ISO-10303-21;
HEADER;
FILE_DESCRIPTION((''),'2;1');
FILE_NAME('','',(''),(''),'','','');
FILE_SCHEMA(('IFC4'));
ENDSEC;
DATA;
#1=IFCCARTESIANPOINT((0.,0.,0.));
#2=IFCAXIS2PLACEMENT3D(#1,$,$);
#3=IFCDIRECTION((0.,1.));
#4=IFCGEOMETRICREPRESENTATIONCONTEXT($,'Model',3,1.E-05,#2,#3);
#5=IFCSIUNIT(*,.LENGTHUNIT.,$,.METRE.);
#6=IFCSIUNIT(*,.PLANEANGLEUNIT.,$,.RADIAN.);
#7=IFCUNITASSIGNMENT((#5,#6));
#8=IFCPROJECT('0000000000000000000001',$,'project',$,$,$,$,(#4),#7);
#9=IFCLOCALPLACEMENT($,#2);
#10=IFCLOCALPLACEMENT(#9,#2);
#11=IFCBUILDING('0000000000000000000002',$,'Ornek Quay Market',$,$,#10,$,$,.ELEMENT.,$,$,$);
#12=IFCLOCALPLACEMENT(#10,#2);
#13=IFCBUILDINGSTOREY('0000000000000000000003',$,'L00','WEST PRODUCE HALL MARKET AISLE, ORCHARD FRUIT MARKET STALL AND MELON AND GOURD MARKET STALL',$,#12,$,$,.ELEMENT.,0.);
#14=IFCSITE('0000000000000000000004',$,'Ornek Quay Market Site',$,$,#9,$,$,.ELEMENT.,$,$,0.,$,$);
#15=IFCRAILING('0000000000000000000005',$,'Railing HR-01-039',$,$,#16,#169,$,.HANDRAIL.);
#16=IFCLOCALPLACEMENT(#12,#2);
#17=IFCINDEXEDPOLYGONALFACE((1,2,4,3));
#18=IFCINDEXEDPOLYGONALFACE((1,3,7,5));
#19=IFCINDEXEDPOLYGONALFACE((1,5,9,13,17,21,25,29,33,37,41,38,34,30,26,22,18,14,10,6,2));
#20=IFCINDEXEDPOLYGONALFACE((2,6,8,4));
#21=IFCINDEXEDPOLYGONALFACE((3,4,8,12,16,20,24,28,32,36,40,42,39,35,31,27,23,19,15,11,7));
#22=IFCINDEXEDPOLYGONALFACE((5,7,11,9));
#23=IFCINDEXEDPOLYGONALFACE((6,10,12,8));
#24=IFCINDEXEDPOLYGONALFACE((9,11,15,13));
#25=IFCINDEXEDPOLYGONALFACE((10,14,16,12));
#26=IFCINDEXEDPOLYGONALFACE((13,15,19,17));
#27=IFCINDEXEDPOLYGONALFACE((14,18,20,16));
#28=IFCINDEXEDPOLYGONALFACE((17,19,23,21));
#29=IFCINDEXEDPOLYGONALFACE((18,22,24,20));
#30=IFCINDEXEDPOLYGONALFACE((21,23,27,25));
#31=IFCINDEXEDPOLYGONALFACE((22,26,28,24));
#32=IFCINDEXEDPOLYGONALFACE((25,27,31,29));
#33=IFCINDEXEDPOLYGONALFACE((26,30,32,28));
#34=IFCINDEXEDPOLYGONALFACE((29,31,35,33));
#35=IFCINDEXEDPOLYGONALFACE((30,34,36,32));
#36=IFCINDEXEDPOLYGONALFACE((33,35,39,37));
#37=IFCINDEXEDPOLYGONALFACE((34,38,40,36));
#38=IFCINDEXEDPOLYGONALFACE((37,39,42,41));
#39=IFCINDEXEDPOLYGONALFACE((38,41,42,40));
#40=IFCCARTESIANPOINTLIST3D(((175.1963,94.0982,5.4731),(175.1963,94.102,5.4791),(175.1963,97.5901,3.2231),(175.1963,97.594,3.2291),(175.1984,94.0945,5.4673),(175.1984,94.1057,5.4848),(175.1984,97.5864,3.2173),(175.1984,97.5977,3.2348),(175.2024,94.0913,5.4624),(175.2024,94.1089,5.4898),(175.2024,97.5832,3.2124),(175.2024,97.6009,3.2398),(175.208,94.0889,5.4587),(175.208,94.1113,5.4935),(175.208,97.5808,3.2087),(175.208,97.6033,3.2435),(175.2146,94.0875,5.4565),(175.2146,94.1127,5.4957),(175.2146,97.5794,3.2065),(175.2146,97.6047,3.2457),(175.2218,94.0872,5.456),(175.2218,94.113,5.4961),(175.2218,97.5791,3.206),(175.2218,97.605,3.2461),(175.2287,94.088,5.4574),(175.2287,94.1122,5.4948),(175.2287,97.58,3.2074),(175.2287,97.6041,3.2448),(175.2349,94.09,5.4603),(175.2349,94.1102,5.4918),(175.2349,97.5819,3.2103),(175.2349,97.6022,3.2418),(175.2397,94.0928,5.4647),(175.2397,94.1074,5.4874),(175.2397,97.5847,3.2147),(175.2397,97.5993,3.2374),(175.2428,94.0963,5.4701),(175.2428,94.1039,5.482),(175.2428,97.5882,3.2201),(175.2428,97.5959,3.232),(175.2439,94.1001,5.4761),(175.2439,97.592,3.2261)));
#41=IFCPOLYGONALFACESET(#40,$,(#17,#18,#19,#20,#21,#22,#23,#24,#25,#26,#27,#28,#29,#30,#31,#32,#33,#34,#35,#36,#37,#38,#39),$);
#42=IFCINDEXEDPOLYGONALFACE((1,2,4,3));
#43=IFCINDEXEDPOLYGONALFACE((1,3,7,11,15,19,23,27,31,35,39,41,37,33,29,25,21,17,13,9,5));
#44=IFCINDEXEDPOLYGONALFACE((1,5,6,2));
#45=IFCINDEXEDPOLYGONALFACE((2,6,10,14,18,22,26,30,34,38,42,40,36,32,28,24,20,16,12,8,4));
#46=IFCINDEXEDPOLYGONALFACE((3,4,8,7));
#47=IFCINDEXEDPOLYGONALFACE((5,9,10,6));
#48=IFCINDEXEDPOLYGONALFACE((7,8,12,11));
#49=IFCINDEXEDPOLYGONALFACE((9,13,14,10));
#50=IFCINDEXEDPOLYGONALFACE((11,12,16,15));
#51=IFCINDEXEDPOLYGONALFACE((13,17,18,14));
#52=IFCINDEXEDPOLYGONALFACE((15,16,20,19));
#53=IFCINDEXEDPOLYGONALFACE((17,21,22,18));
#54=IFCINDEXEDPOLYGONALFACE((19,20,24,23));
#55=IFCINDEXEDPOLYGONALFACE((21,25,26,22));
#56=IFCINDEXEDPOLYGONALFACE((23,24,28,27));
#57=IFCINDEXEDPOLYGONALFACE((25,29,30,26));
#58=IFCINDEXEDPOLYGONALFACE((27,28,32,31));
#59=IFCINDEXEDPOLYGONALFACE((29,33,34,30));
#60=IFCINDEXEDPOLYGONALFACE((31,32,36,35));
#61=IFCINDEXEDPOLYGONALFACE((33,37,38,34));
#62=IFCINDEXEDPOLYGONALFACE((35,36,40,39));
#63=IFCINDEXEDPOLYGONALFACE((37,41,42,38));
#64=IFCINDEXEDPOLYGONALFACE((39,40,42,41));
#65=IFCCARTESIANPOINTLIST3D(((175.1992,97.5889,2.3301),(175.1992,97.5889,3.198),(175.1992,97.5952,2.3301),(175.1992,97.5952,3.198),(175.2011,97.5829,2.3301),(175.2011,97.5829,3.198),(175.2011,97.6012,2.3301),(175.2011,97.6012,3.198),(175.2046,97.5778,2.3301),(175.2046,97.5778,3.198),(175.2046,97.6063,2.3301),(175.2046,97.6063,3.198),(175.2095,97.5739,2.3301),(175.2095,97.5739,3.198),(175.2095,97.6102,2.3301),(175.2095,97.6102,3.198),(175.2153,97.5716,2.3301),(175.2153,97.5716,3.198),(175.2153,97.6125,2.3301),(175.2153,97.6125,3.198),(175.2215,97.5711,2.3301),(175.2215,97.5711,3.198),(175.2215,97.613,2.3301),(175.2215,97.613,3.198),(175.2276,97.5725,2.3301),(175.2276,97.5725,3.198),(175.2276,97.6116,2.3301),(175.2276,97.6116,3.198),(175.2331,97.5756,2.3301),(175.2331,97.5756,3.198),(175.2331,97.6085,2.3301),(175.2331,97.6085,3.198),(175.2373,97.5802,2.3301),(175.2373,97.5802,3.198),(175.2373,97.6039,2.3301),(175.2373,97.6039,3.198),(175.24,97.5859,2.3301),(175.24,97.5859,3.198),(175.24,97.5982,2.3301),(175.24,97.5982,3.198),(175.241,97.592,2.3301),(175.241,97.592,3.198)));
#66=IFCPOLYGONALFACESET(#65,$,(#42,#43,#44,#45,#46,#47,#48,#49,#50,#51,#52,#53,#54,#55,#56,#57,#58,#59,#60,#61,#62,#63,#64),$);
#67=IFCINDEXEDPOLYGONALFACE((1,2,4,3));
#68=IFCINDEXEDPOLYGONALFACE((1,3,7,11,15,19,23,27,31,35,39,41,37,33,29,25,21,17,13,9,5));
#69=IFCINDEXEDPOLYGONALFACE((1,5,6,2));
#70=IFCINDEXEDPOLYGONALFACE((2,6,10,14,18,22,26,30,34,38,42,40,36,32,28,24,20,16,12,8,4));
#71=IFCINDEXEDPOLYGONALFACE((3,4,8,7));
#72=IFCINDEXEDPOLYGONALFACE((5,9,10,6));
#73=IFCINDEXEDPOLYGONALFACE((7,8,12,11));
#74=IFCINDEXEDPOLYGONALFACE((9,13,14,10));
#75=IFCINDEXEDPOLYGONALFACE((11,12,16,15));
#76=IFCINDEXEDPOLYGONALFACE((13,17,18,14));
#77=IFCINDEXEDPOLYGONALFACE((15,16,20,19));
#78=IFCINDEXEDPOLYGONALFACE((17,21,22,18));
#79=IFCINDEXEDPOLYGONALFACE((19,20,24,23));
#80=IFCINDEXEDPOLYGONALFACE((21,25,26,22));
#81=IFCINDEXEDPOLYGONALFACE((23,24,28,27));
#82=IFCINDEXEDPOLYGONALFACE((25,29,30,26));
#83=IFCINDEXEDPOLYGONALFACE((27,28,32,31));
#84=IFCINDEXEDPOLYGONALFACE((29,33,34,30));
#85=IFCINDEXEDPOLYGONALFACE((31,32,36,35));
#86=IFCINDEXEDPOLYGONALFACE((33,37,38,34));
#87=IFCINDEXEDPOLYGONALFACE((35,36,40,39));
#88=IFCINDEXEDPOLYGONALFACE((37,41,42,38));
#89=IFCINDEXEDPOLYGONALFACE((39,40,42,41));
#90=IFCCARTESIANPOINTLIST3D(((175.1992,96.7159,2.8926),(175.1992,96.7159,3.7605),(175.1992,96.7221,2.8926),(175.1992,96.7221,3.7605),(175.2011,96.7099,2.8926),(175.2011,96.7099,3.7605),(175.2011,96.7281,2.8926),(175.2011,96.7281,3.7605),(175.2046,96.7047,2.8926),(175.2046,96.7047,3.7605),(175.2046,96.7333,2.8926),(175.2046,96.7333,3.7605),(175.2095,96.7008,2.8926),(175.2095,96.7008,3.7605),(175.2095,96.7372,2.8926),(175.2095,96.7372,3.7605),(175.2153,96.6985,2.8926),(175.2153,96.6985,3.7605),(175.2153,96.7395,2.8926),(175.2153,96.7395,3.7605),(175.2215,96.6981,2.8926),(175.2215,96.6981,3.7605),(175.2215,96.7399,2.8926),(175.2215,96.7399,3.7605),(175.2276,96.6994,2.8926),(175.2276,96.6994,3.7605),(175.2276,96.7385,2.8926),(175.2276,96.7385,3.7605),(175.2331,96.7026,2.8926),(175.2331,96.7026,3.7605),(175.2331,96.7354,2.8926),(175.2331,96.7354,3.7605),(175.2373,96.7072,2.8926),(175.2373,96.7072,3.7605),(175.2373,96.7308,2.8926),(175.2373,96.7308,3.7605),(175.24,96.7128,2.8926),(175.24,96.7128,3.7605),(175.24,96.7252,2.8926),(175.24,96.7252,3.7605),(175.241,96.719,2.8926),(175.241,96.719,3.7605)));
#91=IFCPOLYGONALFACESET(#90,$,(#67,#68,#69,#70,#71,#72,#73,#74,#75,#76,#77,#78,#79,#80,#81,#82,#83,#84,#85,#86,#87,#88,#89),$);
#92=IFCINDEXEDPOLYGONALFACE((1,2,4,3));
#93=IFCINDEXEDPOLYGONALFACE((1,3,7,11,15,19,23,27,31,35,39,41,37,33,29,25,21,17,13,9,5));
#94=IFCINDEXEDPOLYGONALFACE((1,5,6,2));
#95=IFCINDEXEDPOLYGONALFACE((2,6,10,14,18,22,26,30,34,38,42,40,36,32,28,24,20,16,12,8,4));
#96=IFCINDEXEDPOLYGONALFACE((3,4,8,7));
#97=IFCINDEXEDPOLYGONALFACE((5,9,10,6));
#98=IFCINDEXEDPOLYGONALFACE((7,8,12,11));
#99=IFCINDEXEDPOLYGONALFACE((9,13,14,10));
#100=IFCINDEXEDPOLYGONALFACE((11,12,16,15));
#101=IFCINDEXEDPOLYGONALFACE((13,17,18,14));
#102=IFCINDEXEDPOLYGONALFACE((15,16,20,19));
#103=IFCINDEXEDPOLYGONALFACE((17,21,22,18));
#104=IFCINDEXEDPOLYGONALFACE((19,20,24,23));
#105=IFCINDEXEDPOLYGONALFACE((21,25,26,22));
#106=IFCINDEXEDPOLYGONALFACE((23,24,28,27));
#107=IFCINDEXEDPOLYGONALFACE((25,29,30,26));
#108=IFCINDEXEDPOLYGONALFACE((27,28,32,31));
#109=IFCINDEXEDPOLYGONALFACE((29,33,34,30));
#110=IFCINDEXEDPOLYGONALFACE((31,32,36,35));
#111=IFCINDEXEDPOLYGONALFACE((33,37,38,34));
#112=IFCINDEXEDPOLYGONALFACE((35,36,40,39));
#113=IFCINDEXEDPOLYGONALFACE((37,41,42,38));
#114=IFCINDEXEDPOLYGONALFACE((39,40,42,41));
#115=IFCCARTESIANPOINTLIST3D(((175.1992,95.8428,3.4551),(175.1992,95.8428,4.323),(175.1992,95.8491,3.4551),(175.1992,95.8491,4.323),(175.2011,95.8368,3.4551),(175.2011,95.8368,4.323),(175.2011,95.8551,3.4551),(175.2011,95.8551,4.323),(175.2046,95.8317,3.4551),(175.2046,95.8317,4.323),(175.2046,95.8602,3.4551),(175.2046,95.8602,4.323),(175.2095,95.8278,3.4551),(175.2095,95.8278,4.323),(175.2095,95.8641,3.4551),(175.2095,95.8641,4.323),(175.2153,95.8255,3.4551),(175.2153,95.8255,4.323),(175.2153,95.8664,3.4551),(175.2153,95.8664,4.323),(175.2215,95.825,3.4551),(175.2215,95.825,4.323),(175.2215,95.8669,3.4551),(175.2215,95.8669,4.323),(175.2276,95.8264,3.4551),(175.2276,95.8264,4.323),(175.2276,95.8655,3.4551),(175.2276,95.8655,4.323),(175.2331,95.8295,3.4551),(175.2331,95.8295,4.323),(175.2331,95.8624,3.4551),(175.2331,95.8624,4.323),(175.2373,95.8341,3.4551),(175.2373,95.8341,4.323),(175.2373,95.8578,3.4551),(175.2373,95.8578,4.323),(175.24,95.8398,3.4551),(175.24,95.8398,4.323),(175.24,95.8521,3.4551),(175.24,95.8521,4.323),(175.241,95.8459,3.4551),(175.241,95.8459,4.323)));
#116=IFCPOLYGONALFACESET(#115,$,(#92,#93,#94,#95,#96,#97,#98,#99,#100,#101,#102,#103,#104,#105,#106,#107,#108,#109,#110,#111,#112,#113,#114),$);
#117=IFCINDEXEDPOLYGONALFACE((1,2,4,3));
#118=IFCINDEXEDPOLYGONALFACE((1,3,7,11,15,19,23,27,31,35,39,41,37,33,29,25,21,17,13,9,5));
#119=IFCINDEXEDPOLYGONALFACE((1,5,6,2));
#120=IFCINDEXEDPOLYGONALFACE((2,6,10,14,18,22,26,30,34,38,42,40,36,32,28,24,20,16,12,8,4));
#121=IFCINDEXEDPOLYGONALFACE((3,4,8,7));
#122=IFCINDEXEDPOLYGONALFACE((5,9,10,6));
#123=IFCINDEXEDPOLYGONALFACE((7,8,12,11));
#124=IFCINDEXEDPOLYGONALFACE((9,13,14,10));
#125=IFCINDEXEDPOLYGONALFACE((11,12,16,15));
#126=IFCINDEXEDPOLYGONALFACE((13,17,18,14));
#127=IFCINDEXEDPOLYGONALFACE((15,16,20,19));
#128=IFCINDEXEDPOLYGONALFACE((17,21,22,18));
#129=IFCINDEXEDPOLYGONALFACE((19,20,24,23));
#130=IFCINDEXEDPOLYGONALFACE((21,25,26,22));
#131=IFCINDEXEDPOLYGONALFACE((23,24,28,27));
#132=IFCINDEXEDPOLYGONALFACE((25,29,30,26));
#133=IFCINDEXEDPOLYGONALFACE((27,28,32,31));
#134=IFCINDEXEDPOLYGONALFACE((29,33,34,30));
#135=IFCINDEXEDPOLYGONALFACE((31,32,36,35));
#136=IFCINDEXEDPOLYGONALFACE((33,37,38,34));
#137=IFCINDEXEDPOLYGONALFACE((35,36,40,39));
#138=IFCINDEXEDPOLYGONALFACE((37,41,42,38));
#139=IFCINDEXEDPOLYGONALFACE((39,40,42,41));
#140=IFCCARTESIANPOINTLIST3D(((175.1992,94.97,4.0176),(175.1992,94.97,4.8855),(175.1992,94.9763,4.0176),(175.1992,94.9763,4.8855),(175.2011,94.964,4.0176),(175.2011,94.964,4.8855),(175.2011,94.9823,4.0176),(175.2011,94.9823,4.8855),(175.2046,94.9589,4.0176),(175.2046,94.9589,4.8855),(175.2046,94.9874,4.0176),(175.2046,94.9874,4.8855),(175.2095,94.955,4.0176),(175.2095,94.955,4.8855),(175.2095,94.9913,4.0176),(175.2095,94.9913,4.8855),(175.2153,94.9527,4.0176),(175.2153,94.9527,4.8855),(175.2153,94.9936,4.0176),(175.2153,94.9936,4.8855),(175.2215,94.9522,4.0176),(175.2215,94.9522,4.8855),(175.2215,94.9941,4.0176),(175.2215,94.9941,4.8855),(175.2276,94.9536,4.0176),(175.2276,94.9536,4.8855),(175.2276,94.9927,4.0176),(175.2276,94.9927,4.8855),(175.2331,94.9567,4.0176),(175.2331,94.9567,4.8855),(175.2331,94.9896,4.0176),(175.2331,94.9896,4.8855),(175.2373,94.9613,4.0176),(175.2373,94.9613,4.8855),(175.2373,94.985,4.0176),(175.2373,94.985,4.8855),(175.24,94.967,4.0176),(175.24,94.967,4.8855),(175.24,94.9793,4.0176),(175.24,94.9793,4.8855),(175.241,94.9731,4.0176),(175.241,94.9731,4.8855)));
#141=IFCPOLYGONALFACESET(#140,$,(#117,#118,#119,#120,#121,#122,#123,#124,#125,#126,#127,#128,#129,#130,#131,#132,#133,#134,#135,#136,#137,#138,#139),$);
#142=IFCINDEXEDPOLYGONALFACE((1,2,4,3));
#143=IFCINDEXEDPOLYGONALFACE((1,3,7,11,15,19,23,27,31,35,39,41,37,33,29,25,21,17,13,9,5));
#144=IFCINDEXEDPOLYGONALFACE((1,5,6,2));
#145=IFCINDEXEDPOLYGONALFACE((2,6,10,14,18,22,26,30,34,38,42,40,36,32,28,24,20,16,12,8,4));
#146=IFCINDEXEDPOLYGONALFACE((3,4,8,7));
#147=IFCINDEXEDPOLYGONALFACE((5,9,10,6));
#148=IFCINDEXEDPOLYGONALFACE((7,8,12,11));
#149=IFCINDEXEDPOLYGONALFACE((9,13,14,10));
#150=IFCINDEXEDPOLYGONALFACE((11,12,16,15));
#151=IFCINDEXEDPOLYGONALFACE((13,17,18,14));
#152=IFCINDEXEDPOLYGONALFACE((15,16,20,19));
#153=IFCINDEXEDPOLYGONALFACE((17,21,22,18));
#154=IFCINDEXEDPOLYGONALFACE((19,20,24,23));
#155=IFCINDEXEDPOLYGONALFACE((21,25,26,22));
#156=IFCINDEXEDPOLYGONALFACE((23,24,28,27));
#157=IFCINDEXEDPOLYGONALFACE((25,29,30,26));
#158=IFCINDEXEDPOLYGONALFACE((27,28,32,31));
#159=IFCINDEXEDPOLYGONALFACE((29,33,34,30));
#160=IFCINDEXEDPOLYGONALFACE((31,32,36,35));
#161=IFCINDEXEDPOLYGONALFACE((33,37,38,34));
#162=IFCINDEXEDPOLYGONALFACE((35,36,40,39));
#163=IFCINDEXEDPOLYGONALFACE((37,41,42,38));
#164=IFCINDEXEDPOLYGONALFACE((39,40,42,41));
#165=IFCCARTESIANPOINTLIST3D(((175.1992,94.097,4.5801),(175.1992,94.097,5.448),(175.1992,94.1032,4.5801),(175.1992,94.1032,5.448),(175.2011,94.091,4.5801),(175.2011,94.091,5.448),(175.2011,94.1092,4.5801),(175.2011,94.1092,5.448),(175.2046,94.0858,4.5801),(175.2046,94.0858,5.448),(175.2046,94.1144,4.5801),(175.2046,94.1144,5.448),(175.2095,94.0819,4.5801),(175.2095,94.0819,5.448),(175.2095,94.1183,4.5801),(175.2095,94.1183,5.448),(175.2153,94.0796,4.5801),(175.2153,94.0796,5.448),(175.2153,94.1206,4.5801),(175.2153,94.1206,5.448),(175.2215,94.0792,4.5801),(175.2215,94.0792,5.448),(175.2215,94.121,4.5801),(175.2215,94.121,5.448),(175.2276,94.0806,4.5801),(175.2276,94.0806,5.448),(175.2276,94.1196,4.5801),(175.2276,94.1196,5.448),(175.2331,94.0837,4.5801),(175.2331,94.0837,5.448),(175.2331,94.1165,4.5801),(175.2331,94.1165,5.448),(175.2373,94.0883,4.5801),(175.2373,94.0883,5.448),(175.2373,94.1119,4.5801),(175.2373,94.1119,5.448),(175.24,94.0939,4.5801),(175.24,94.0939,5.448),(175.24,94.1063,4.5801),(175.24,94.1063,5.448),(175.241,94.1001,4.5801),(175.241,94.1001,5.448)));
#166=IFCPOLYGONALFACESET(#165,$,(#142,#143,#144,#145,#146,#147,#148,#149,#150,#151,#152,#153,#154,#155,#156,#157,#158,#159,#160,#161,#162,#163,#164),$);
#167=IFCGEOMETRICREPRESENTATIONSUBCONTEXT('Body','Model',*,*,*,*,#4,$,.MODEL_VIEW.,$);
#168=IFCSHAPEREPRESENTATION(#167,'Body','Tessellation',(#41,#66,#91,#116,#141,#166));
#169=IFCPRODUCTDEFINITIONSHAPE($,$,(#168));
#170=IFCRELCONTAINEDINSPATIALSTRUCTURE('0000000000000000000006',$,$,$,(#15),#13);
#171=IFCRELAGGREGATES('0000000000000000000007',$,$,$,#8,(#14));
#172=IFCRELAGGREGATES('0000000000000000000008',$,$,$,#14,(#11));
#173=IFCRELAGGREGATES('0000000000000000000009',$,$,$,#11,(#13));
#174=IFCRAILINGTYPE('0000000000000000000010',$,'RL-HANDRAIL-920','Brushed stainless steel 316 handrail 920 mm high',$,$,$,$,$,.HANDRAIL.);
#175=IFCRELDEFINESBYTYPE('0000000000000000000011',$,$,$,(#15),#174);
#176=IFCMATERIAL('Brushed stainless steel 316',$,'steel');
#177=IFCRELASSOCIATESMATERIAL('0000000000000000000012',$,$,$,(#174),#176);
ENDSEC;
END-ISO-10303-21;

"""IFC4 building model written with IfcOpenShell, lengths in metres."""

from ifc_helpers import new_model, si_unit, direction, frame, origin, origin_2d, place, context, subcontext, project, spatial, circle, extrude, material, type_object, element, save


model = new_model("IFC4")

# Units and contexts
model_context = context("Model", 3, precision=1e-05, world=origin(), true_north=direction((0.0, 1.0)))
body_context = subcontext(model_context, "Body", "Model", "MODEL_VIEW")
ifc_project = project(units=[si_unit("LENGTHUNIT", "METRE"), si_unit("PLANEANGLEUNIT", "RADIAN")], contexts=[model_context])

# Site, building, storey
site_placement = place(None, origin())
site = spatial("IfcSite", under=ifc_project, at=site_placement, Name="Ornek Quay Market Site", CompositionType="ELEMENT", RefElevation=0.0)
building_placement = place(site_placement, origin())
building = spatial("IfcBuilding", under=site, at=building_placement, Name="Ornek Quay Market", CompositionType="ELEMENT")
storey_placement = place(building_placement, origin())
storey = spatial("IfcBuildingStorey", under=building, at=storey_placement, Name="L00", Description="WEST PRODUCE HALL MARKET AISLE, ORCHARD FRUIT MARKET STALL AND MELON AND GOURD MARKET STALL", CompositionType="ELEMENT", Elevation=0.0)

# Railing
ifc_material_1 = material(Name="Brushed stainless steel 316", Category="steel")
railing_type_1 = type_object("IfcRailingType", Name="RL-HANDRAIL-920", Description="Brushed stainless steel 316 handrail 920 mm high", PredefinedType="HANDRAIL", material=ifc_material_1)
railing_1_placement = place(storey_placement, frame((175.22, 97.592, 2.3301)))
element("IfcRailing", 1, at=railing_1_placement, inside=storey, type_object=railing_type_1, Name="Railing HR-01-039", PredefinedType="HANDRAIL", context=body_context, shape_type="SweptSolid", body=[
    extrude(circle(Radius=0.0239, at=origin_2d()), frame((0.0, 0.0, 0.896), z_axis=(0.0, -0.840611, 0.54164), x_axis=(1.0, 0.0, 0.0)), (0.0, 0.0, 1.0), 4.1541),
    extrude(circle(Radius=0.021, at=origin_2d()), origin(), (0.0, 0.0, 1.0), 0.8679),
    extrude(circle(Radius=0.021, at=origin_2d()), frame((0.0, -0.873, 0.5625)), (0.0, 0.0, 1.0), 0.8679),
    extrude(circle(Radius=0.021, at=origin_2d()), frame((0.0, -1.7461, 1.125)), (0.0, 0.0, 1.0), 0.8679),
    extrude(circle(Radius=0.021, at=origin_2d()), frame((0.0, -2.6189, 1.6875)), (0.0, 0.0, 1.0), 0.8679),
    extrude(circle(Radius=0.021, at=origin_2d()), frame((0.0, -3.4919, 2.25)), (0.0, 0.0, 1.0), 0.8679),
])

save(model, "model.ifc")
